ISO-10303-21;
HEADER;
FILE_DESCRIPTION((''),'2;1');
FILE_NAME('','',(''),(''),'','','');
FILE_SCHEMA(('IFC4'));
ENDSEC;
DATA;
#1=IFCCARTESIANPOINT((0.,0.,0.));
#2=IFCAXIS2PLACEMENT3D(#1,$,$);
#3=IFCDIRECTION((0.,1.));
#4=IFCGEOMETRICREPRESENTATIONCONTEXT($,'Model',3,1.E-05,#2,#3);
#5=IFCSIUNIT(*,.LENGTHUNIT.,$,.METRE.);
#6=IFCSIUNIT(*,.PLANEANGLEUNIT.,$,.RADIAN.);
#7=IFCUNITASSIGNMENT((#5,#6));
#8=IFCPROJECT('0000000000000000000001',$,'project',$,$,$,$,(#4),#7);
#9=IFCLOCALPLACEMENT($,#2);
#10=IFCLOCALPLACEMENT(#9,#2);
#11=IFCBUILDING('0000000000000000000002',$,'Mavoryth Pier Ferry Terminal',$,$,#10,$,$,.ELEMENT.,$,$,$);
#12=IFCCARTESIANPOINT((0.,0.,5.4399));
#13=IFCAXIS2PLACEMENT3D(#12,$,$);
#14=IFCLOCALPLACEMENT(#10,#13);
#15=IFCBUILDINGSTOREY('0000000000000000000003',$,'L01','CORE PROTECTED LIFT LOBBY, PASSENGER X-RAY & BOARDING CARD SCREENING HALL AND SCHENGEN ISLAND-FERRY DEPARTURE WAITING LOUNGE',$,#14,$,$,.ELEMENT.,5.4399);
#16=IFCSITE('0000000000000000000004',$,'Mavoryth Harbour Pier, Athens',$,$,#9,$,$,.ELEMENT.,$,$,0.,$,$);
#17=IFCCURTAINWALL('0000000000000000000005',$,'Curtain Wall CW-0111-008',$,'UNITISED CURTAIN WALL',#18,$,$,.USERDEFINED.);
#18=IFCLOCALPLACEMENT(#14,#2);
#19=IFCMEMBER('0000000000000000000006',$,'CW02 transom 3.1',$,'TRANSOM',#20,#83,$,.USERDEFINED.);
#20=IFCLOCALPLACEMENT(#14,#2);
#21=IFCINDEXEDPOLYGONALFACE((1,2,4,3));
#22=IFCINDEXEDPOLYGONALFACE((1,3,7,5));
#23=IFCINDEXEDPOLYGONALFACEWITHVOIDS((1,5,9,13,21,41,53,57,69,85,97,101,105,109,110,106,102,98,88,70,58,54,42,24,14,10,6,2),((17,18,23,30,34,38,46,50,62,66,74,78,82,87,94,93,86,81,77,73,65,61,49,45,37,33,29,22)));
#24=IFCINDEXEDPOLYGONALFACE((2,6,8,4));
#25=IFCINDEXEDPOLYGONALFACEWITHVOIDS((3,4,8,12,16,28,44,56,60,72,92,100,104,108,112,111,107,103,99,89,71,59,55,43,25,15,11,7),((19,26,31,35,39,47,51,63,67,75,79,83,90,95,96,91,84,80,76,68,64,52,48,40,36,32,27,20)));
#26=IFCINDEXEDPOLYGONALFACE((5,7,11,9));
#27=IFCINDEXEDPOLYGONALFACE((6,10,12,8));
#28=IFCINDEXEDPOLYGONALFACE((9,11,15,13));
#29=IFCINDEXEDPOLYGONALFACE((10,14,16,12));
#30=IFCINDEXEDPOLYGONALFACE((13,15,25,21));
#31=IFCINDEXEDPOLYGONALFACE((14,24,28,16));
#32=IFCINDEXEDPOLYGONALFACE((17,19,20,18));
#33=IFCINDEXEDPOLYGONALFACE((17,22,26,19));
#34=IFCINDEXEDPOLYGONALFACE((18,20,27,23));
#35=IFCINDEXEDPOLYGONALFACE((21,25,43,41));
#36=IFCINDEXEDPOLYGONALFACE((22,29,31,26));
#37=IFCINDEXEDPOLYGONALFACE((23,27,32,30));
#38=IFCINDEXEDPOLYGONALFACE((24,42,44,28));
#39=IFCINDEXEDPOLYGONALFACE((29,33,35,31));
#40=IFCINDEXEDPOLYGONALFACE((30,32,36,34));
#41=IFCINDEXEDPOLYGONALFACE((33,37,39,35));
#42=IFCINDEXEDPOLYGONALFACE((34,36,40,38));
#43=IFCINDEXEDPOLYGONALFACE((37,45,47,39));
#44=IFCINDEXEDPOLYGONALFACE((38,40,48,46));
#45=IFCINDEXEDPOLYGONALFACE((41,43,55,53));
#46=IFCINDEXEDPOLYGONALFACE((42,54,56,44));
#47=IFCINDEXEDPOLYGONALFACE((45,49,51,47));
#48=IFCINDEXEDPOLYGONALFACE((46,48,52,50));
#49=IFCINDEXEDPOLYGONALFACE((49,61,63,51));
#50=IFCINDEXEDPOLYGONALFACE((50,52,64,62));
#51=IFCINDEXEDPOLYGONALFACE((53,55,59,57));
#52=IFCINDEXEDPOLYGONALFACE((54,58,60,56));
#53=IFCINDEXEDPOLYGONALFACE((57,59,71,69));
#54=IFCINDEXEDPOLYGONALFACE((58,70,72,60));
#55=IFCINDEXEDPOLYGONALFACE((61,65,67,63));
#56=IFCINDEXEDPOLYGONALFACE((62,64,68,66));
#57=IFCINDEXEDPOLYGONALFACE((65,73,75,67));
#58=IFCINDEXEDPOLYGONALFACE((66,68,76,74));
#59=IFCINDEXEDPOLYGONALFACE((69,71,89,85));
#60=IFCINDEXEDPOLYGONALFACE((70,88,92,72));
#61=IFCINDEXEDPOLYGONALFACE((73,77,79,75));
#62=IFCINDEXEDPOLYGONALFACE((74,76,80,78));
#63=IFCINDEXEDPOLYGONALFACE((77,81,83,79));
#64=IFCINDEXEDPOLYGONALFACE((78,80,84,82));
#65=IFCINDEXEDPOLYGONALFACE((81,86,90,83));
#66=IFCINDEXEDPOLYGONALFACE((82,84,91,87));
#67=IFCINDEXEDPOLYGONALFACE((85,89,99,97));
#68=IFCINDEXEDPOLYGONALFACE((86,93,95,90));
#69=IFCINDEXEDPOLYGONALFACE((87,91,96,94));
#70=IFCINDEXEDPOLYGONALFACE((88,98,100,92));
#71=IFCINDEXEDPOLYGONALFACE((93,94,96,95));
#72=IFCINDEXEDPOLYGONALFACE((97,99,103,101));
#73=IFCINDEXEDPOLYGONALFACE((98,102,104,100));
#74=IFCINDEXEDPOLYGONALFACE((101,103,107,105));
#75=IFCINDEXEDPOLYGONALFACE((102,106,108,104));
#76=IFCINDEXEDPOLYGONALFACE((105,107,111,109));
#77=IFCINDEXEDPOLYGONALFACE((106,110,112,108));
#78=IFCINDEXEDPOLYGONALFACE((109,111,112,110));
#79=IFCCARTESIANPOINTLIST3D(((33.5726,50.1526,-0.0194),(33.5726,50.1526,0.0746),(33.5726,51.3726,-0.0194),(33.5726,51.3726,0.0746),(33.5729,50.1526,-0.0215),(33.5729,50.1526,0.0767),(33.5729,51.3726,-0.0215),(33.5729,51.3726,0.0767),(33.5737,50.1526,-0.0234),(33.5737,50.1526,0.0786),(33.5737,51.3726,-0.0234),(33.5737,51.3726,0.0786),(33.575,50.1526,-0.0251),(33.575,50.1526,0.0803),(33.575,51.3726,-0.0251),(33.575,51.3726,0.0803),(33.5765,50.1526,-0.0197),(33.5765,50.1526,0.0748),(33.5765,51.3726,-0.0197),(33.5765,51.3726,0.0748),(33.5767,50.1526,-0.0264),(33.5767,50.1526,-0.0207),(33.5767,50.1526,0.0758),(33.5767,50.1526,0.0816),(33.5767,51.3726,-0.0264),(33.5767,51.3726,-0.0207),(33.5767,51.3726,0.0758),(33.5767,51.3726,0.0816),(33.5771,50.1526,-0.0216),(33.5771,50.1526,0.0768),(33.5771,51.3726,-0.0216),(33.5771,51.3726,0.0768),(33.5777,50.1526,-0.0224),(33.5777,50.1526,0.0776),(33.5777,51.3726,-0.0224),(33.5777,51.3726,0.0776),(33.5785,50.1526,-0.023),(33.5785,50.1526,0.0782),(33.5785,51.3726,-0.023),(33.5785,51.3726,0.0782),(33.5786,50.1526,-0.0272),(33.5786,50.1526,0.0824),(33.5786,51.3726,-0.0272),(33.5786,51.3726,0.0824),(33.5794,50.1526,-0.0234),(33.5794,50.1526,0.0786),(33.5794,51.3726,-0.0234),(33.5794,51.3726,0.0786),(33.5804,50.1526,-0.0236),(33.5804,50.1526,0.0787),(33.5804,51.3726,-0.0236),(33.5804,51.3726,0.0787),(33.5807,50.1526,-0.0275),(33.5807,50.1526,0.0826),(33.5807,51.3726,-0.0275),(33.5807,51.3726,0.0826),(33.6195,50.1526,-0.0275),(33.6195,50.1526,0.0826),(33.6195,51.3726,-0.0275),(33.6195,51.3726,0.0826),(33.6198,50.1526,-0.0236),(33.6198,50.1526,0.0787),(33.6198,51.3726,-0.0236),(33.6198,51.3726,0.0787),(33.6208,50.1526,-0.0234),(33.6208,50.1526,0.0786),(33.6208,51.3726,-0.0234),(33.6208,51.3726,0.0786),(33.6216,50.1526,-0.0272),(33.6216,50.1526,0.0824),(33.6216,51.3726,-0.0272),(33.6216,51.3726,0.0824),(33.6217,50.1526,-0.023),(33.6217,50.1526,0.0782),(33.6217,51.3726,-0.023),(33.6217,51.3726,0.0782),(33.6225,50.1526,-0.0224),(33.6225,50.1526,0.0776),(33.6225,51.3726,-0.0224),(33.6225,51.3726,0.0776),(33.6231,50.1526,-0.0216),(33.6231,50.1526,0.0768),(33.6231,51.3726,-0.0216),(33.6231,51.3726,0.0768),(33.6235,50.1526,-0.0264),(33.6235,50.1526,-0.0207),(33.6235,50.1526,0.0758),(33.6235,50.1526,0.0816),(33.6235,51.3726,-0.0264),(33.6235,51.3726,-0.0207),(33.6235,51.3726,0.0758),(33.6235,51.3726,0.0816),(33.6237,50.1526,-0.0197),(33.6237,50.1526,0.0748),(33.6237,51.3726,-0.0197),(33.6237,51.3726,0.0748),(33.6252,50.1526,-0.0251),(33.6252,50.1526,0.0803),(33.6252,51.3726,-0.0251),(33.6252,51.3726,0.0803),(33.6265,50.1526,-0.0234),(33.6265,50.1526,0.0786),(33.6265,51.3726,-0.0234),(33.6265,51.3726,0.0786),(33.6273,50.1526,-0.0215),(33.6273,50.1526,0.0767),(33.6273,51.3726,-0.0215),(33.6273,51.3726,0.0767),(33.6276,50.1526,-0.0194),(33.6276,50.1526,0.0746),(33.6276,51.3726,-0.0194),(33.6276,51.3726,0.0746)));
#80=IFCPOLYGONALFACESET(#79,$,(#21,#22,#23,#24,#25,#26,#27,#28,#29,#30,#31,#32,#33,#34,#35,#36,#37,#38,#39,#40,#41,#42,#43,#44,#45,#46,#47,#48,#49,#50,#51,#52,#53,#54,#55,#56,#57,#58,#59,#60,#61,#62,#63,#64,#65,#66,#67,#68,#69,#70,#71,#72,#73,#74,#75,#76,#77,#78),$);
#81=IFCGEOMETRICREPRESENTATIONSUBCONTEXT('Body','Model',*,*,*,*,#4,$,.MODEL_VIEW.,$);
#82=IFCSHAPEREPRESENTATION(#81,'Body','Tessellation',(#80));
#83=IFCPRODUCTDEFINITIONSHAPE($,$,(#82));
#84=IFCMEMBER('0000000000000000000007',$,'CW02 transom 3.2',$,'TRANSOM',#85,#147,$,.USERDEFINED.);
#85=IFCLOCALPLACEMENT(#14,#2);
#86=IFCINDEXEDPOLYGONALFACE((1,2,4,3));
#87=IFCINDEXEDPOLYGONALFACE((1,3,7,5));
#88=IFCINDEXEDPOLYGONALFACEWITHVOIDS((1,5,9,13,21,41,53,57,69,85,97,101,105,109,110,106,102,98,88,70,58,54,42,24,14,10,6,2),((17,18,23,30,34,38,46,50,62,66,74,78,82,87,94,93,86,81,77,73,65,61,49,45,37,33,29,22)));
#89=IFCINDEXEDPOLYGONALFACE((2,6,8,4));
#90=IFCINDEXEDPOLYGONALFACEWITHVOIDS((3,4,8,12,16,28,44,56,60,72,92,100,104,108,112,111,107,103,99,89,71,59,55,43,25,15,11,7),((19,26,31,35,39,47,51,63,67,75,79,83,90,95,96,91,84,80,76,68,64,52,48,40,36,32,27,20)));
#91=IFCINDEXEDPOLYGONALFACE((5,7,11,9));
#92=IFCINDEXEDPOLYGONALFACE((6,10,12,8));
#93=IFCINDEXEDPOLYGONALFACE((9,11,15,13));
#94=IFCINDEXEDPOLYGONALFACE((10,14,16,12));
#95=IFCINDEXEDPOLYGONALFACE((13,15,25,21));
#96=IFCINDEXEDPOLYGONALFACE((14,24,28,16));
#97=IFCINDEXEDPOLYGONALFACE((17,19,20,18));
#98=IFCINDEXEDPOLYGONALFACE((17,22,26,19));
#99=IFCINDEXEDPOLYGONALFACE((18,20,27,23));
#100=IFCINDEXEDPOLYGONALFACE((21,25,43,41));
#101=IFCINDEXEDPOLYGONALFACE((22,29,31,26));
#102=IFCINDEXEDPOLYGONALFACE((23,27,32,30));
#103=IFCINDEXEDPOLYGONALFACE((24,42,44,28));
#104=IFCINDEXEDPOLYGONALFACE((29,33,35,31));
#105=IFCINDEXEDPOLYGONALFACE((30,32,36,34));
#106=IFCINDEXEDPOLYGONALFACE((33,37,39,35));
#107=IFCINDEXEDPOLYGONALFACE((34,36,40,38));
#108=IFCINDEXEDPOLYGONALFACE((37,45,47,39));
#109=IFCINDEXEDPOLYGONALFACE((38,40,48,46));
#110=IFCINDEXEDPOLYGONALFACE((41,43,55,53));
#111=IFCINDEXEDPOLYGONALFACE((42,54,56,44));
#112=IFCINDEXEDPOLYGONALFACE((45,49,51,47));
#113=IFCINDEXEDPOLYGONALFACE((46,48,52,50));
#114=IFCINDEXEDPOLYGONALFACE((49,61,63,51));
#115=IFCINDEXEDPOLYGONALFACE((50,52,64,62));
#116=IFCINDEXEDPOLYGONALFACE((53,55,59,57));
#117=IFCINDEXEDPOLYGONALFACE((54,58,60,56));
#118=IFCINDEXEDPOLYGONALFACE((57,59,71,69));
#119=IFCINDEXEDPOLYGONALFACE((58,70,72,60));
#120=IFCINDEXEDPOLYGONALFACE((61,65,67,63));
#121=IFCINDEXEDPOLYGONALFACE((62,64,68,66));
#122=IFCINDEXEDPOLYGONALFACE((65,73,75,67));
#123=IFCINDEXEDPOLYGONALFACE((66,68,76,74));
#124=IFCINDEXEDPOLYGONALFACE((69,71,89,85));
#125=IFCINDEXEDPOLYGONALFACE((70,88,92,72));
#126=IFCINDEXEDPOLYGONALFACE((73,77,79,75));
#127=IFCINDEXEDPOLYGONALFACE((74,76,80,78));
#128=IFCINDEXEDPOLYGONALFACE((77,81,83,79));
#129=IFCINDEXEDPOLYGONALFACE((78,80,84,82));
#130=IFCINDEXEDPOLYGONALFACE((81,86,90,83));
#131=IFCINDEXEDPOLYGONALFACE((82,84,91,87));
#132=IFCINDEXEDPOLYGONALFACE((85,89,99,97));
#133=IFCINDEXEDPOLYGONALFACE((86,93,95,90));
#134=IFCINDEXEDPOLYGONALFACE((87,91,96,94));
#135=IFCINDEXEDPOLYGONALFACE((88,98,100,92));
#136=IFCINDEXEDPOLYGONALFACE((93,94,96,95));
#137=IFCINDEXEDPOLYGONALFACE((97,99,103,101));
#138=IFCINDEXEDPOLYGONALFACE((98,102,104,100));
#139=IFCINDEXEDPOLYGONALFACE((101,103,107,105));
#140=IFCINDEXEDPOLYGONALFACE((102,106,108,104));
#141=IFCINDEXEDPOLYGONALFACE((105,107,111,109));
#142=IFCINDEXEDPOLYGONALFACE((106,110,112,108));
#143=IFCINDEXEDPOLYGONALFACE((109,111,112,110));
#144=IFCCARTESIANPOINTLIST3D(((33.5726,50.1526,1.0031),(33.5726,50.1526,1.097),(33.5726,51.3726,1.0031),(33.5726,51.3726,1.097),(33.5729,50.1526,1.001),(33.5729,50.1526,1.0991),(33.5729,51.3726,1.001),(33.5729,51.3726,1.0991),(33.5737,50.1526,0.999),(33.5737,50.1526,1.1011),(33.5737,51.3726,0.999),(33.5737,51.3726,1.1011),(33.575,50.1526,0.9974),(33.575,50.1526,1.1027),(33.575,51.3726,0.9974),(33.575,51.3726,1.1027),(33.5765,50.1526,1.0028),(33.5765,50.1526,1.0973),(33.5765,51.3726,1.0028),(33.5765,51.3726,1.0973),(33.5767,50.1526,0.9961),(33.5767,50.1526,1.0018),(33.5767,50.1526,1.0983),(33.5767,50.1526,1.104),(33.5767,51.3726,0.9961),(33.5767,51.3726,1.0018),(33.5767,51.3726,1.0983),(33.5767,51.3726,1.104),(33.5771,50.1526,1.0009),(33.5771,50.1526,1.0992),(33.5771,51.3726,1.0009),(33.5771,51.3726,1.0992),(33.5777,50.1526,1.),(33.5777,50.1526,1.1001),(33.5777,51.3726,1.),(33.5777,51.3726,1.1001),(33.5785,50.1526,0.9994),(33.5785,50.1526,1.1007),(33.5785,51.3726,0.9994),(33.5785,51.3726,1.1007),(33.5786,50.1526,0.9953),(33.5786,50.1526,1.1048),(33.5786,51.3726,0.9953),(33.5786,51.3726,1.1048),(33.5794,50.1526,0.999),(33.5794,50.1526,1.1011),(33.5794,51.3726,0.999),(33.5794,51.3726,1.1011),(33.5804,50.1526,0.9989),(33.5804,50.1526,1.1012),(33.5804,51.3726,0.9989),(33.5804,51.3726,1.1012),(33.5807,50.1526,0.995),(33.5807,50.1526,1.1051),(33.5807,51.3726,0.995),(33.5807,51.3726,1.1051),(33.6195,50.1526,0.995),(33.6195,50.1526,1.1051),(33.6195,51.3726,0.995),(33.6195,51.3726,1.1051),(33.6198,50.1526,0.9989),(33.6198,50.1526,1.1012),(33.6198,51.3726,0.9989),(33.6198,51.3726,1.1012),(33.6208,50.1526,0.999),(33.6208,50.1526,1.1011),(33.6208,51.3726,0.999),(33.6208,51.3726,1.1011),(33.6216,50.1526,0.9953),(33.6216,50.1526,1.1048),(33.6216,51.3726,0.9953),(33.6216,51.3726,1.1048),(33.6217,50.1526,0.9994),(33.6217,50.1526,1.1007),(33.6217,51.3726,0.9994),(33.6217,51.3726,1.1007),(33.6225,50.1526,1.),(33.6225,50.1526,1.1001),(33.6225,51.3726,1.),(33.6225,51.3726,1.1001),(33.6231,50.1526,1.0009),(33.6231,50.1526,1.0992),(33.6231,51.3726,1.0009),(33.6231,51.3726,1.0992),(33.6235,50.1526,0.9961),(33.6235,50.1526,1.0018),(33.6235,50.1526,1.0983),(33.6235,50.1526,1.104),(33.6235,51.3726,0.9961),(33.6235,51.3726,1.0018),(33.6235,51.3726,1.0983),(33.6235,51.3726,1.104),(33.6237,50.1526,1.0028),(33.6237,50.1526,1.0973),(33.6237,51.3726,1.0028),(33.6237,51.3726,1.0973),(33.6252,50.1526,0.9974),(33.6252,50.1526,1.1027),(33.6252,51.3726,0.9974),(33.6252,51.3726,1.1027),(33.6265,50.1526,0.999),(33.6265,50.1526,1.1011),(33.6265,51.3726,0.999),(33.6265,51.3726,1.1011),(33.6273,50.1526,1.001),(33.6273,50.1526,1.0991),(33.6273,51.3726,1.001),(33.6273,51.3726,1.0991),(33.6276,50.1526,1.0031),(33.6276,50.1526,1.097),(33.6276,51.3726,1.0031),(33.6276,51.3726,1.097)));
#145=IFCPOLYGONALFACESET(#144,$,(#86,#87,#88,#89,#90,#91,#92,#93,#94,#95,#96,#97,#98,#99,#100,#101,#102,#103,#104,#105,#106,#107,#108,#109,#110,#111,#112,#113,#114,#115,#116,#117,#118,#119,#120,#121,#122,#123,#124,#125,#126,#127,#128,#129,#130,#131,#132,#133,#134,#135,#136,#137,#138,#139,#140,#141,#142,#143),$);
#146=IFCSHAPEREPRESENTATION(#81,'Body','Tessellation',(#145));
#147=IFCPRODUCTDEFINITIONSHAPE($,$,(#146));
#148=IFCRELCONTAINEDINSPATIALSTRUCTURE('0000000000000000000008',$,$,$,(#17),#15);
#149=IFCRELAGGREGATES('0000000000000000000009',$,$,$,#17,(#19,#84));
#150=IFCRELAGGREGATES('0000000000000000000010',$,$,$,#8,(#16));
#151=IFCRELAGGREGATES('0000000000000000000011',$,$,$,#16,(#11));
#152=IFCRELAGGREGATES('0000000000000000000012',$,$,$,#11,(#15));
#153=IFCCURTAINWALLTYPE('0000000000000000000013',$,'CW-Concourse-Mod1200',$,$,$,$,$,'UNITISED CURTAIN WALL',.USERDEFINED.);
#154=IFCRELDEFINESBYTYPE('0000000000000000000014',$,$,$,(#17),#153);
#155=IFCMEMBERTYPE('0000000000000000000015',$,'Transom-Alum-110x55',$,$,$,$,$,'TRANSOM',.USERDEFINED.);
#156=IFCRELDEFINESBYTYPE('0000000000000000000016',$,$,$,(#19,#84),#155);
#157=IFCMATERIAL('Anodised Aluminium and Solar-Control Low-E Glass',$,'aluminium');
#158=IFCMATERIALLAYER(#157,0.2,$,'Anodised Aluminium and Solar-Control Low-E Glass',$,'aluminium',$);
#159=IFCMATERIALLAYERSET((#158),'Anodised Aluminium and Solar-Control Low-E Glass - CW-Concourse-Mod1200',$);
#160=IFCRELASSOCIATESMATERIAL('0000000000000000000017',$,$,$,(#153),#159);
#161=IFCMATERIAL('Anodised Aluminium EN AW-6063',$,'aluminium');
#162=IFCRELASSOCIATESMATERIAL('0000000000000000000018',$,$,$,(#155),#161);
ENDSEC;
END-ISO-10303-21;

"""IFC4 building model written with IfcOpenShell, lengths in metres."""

from ifc_helpers import new_model, si_unit, direction, frame, origin, origin_2d, place, context, subcontext, project, spatial, hollow_rectangle, extrude, material, layer, layer_set, material_profile, profile_set, type_object, element, aggregate, save


model = new_model("IFC4")

# Units and contexts
model_context = context("Model", 3, precision=1e-05, world=origin(), true_north=direction((0.0, 1.0)))
body_context = subcontext(model_context, "Body", "Model", "MODEL_VIEW")
ifc_project = project(units=[si_unit("LENGTHUNIT", "METRE"), si_unit("PLANEANGLEUNIT", "RADIAN")], contexts=[model_context])

# Site, building, storey
site_placement = place(None, origin())
site = spatial("IfcSite", under=ifc_project, at=site_placement, Name="Mavoryth Harbour Pier, Athens", CompositionType="ELEMENT", RefElevation=0.0)
building_placement = place(site_placement, origin())
building = spatial("IfcBuilding", under=site, at=building_placement, Name="Mavoryth Pier Ferry Terminal", CompositionType="ELEMENT")
storey_placement = place(building_placement, frame((0.0, 0.0, 5.4399)))
storey = spatial("IfcBuildingStorey", under=building, at=storey_placement, Name="L01", Description="CORE PROTECTED LIFT LOBBY, PASSENGER X-RAY & BOARDING CARD SCREENING HALL AND SCHENGEN ISLAND-FERRY DEPARTURE WAITING LOUNGE", CompositionType="ELEMENT", Elevation=5.4399)

# Curtain wall
ifc_material_1 = material(Name="Anodised Aluminium and Solar-Control Low-E Glass", Category="aluminium")
ifc_layer_1 = layer(ifc_material_1, 0.2, Name="Anodised Aluminium and Solar-Control Low-E Glass", Category="aluminium")
ifc_layer_set_1 = layer_set([ifc_layer_1], Name="Anodised Aluminium and Solar-Control Low-E Glass - CW-Concourse-Mod1200")
curtain_wall_type = type_object("IfcCurtainWallType", Name="CW-Concourse-Mod1200", ElementType="UNITISED CURTAIN WALL", PredefinedType="USERDEFINED", material=ifc_layer_set_1)
curtain_wall_placement = place(storey_placement, origin())
curtain_wall = element("IfcCurtainWall", 1, at=curtain_wall_placement, inside=storey, type_object=curtain_wall_type, Name="Curtain Wall CW-0111-008", ObjectType="UNITISED CURTAIN WALL", PredefinedType="USERDEFINED")
ifc_material_2 = material(Name="Anodised Aluminium EN AW-6063", Category="aluminium")

# Members
ifc_material_profile_1 = material_profile(ifc_material_2, hollow_rectangle(XDim=0.0549, YDim=0.1101, WallThickness=0.0039, InnerFilletRadius=0.0039, OuterFilletRadius=0.0081, at=origin_2d()), Name="AL-TRAN 110x55x4", Category="aluminium")
ifc_profile_set_1 = profile_set([ifc_material_profile_1], Name="Anodised Aluminium EN AW-6063 - AL-TRAN 110x55x4")
member_type_1 = type_object("IfcMemberType", Name="Transom-Alum-110x55", ElementType="TRANSOM", PredefinedType="USERDEFINED", material=ifc_profile_set_1)
member_1_placement = place(storey_placement, frame((33.6001, 50.1526, 0.0276), z_axis=(0.0, 1.0, 0.0), x_axis=(-1.0, 0.0, 0.0)))
member_1 = element("IfcMember", 2, at=member_1_placement, type_object=member_type_1, Name="CW02 transom 3.1", ObjectType="TRANSOM", PredefinedType="USERDEFINED", context=body_context, shape_type="SweptSolid", body=[
    extrude(hollow_rectangle(XDim=0.0549, YDim=0.1101, WallThickness=0.0039, InnerFilletRadius=0.0039, OuterFilletRadius=0.0081, at=origin_2d()), origin(), (0.0, 0.0, 1.0), 1.22),
])
member_2_placement = place(storey_placement, frame((33.6001, 50.1526, 1.05), z_axis=(0.0, 1.0, 0.0), x_axis=(-1.0, 0.0, 0.0)))
member_2 = element("IfcMember", 3, at=member_2_placement, type_object=member_type_1, Name="CW02 transom 3.2", ObjectType="TRANSOM", PredefinedType="USERDEFINED", context=body_context, shape_type="SweptSolid", body=[
    extrude(hollow_rectangle(XDim=0.0549, YDim=0.1101, WallThickness=0.0039, InnerFilletRadius=0.0039, OuterFilletRadius=0.0081, at=origin_2d()), origin(), (0.0, 0.0, 1.0), 1.22),
])

aggregate(curtain_wall, [member_1, member_2])

save(model, "model.ifc")
